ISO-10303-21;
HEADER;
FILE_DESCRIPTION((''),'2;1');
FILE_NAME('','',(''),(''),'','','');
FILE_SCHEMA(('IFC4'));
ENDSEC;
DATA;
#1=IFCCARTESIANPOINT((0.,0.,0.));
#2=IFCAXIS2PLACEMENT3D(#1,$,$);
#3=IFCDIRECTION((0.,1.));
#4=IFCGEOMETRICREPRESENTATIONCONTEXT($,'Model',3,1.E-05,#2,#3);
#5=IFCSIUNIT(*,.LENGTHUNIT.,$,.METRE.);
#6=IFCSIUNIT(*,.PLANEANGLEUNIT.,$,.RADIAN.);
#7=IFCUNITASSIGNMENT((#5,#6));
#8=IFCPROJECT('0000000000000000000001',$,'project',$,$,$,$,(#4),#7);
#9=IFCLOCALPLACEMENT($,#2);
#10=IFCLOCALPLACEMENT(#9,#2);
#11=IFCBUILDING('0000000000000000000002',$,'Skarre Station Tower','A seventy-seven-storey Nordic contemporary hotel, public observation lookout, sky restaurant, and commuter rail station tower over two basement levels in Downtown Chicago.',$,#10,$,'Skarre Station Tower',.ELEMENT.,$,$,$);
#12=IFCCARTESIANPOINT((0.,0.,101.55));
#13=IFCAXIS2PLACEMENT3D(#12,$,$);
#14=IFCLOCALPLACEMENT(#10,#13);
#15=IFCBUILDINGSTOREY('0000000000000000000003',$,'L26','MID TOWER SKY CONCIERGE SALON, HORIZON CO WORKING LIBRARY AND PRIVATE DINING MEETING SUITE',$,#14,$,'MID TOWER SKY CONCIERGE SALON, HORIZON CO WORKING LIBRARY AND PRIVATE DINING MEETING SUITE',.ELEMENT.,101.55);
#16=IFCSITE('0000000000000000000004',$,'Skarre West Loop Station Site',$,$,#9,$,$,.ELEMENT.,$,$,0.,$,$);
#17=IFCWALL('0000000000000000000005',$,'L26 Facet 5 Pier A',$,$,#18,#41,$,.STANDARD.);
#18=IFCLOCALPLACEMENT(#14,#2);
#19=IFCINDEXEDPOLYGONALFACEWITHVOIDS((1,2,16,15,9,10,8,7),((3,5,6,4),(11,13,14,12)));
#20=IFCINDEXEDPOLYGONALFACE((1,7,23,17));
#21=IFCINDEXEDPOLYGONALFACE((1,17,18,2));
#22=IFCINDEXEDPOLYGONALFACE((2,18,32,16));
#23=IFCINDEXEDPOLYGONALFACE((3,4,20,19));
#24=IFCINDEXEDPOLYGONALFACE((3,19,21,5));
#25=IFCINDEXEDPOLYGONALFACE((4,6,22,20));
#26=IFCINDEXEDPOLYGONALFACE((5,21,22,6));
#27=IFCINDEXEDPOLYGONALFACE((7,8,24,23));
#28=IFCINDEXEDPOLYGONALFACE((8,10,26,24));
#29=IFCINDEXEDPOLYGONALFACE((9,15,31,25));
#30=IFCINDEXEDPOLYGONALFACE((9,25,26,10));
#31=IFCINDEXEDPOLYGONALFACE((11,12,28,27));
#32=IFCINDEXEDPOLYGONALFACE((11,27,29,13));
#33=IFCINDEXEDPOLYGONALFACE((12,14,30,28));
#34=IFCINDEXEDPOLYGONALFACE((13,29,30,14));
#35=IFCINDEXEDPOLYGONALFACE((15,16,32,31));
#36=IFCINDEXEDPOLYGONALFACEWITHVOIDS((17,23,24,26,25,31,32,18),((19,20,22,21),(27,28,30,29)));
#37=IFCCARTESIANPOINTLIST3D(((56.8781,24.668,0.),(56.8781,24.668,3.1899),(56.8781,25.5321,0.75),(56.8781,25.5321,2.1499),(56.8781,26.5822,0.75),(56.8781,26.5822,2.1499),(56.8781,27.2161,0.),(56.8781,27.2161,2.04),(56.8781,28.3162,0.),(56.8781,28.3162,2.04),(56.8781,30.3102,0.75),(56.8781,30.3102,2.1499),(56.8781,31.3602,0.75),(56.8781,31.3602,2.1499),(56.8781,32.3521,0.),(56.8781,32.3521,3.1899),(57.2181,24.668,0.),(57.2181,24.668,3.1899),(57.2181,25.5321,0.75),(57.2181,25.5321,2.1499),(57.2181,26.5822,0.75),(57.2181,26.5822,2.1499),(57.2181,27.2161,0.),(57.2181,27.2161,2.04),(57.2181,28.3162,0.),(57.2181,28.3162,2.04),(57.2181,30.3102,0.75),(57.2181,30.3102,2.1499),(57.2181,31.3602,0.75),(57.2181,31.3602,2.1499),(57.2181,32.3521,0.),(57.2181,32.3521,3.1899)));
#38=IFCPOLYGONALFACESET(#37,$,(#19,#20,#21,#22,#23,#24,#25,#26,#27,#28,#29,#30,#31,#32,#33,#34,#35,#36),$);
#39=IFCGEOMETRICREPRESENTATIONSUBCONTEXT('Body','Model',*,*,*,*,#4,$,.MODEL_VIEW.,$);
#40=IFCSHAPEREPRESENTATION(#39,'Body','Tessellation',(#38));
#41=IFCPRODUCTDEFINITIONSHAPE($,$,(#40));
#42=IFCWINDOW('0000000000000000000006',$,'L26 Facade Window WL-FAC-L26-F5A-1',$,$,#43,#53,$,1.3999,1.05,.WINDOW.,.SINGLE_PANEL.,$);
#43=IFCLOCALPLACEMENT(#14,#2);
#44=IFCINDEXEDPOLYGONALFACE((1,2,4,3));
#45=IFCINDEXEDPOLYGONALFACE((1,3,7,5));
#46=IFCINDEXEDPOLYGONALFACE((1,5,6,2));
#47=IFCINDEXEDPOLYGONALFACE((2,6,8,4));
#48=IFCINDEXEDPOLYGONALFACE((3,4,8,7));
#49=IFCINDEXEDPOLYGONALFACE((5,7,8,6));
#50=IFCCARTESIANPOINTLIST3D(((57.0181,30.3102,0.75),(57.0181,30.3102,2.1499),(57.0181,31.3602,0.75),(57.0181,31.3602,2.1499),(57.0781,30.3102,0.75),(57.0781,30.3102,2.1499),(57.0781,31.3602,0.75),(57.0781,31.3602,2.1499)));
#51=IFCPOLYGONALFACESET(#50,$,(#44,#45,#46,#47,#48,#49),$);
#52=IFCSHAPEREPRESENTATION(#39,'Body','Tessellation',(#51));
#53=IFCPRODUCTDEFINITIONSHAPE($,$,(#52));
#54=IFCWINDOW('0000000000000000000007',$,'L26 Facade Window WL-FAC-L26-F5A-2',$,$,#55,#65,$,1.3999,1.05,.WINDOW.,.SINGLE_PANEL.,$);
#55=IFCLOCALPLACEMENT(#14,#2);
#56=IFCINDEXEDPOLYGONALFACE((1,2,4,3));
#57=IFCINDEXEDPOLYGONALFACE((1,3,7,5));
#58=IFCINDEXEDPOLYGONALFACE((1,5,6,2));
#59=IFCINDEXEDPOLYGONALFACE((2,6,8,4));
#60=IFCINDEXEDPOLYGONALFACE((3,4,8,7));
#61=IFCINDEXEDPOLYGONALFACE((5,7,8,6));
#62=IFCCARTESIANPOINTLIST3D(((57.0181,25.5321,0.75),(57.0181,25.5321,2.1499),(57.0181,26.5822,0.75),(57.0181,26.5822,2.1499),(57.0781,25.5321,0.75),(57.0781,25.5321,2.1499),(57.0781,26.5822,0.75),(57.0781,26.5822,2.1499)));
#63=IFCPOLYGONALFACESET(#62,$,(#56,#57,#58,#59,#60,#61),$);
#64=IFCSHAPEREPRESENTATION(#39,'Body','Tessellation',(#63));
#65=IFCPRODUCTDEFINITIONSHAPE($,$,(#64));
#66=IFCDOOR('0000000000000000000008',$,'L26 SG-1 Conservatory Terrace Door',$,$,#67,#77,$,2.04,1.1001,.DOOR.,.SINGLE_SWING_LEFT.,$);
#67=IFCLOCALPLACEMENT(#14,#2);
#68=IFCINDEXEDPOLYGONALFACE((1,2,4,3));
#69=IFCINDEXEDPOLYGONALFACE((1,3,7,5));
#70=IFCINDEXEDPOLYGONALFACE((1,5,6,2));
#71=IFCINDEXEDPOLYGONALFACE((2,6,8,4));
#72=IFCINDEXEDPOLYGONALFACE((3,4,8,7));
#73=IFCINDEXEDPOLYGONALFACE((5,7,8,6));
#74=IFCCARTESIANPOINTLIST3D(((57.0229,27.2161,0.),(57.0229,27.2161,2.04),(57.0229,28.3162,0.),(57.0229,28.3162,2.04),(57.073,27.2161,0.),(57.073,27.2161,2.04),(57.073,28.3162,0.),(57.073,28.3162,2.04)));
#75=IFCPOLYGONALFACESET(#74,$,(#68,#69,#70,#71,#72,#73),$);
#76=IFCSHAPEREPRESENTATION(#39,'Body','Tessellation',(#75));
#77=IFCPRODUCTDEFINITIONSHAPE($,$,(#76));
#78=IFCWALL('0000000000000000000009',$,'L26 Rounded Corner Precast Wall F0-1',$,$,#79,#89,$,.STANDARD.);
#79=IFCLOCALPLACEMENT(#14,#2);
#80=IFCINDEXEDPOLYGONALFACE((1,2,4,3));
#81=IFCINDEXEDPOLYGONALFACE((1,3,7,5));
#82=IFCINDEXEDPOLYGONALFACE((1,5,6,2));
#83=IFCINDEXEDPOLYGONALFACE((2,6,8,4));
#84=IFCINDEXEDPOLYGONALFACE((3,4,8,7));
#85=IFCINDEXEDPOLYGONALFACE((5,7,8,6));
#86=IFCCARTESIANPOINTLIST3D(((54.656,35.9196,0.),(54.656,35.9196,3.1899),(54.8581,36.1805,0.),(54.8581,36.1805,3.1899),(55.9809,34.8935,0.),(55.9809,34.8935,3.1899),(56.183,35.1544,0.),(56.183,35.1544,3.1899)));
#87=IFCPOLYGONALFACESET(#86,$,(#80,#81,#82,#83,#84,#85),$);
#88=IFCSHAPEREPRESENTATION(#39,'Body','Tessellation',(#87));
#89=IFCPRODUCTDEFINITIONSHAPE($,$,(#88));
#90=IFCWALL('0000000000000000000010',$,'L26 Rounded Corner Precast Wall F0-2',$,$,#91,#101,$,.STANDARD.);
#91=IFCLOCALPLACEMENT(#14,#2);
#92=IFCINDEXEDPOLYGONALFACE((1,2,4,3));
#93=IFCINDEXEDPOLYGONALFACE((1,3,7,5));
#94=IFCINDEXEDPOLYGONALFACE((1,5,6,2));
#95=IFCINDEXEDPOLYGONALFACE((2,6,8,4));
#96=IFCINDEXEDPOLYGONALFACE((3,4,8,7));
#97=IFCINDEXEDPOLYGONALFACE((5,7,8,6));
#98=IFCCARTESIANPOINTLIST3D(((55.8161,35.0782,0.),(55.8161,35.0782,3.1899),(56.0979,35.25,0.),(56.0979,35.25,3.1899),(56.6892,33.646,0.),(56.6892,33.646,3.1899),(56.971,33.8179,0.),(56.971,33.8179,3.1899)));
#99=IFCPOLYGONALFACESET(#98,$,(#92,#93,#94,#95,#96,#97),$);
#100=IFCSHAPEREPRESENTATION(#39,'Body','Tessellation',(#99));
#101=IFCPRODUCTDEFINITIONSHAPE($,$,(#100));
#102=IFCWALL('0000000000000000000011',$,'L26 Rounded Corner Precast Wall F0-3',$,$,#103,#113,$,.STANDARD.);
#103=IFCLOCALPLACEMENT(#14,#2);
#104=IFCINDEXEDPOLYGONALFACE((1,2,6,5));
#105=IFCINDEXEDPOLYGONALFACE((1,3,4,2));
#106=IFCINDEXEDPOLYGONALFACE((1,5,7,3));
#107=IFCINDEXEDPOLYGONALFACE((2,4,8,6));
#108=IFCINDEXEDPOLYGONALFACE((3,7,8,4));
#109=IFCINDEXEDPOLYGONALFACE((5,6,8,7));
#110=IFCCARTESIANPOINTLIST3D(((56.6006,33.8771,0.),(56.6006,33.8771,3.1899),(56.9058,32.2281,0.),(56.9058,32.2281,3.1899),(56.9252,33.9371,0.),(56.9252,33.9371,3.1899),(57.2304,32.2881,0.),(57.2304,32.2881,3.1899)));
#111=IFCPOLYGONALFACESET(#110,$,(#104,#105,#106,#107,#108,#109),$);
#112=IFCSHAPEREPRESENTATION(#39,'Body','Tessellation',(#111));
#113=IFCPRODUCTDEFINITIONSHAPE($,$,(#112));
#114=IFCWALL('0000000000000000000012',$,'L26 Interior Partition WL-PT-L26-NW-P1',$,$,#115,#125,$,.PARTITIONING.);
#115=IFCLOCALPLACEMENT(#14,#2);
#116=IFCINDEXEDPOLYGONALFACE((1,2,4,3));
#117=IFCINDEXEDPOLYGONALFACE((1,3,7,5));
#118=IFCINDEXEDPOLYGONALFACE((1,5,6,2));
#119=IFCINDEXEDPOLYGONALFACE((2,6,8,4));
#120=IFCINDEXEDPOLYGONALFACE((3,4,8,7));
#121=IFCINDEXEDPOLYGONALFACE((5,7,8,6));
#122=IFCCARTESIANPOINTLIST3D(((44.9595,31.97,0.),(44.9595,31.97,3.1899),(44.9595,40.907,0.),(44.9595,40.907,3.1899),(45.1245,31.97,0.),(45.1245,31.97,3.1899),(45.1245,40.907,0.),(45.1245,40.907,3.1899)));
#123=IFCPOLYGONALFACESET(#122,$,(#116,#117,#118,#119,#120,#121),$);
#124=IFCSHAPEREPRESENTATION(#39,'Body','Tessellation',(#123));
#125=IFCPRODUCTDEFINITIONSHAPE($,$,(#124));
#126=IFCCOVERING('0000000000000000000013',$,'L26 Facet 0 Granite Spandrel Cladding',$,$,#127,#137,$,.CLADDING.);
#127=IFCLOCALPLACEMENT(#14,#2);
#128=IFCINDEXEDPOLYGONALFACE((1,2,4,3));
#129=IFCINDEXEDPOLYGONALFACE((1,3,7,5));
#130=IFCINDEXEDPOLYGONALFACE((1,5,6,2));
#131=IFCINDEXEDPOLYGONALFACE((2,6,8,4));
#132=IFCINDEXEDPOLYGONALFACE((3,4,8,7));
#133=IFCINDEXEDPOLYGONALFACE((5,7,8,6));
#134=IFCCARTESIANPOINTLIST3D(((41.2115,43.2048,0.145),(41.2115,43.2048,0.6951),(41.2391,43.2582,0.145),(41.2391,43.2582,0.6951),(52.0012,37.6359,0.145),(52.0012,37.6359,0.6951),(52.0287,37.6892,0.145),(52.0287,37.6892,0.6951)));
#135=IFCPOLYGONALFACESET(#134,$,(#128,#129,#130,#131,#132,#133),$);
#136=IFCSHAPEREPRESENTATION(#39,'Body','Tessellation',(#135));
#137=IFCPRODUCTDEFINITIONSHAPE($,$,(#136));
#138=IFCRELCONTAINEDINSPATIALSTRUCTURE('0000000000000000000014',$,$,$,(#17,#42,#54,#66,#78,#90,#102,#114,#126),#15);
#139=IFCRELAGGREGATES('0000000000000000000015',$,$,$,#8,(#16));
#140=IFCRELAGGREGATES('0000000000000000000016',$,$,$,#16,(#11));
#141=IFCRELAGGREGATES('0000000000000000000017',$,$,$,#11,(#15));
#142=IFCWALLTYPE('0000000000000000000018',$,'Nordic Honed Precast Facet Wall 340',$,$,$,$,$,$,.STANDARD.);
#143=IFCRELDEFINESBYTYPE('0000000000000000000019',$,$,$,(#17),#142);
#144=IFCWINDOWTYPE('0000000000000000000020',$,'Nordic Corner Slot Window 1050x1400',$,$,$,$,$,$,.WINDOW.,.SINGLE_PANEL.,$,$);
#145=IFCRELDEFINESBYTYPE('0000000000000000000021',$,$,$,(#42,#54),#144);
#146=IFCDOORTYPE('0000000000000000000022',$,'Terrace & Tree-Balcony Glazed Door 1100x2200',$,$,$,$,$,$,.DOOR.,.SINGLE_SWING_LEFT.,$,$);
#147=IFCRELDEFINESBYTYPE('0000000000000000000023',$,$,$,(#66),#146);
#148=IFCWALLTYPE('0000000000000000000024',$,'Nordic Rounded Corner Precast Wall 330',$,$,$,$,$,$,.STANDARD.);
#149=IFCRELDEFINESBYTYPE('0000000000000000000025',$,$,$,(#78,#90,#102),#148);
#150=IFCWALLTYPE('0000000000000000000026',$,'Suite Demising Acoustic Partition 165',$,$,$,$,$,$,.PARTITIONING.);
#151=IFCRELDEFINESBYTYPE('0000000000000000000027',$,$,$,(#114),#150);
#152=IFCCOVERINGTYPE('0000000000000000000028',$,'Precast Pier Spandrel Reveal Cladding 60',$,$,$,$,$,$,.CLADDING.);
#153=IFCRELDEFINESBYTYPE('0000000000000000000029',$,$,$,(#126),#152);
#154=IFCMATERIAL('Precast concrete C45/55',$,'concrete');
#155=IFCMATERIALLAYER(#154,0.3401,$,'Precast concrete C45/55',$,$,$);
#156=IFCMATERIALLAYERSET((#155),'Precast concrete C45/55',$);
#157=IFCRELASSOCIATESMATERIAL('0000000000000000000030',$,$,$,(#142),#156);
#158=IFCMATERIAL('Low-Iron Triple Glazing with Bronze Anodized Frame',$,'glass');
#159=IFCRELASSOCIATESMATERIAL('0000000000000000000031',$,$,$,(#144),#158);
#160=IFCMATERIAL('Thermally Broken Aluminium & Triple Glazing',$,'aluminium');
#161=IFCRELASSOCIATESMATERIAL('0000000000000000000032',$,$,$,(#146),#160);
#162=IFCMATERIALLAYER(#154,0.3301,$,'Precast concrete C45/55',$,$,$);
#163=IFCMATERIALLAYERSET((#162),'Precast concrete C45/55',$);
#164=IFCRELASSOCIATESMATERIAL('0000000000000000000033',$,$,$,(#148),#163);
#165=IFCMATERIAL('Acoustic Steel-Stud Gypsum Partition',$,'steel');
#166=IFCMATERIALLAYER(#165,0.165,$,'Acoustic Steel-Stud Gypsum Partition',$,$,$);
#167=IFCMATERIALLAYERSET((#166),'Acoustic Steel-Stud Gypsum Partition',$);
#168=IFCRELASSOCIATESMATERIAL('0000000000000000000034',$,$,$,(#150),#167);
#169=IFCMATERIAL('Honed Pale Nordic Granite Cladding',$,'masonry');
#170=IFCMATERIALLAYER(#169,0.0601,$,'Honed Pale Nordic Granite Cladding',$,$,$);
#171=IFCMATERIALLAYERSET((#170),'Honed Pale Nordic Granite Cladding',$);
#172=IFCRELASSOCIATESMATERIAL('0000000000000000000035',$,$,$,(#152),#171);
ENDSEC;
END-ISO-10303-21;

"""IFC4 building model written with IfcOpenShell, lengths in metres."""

from ifc_helpers import new_model, si_unit, direction, frame, frame_2d, origin, origin_2d, place, context, subcontext, project, spatial, rectangle, extrude, material, layer, layer_set, type_object, element, fill, save


model = new_model("IFC4")

# Units and contexts
model_context = context("Model", 3, precision=1e-05, world=origin(), true_north=direction((0.0, 1.0)))
body_context = subcontext(model_context, "Body", "Model", "MODEL_VIEW")
ifc_project = project(units=[si_unit("LENGTHUNIT", "METRE"), si_unit("PLANEANGLEUNIT", "RADIAN")], contexts=[model_context])

# Site, building, storey
site_placement = place(None, origin())
site = spatial("IfcSite", under=ifc_project, at=site_placement, Name="Skarre West Loop Station Site", CompositionType="ELEMENT", RefElevation=0.0)
building_placement = place(site_placement, origin())
building = spatial("IfcBuilding", under=site, at=building_placement, Name="Skarre Station Tower", Description="A seventy-seven-storey Nordic contemporary hotel, public observation lookout, sky restaurant, and commuter rail station tower over two basement levels in Downtown Chicago.", LongName="Skarre Station Tower", CompositionType="ELEMENT")
storey_placement = place(building_placement, frame((0.0, 0.0, 101.55)))
storey = spatial("IfcBuildingStorey", under=building, at=storey_placement, Name="L26", Description="MID TOWER SKY CONCIERGE SALON, HORIZON CO WORKING LIBRARY AND PRIVATE DINING MEETING SUITE", LongName="MID TOWER SKY CONCIERGE SALON, HORIZON CO WORKING LIBRARY AND PRIVATE DINING MEETING SUITE", CompositionType="ELEMENT", Elevation=101.55)

# Wall, openings, windows, door
ifc_material_1 = material(Name="Precast concrete C45/55", Category="concrete")
ifc_layer_1 = layer(ifc_material_1, 0.3401, Name="Precast concrete C45/55")
ifc_layer_set_1 = layer_set([ifc_layer_1], Name="Precast concrete C45/55")
wall_type_1 = type_object("IfcWallType", Name="Nordic Honed Precast Facet Wall 340", PredefinedType="STANDARD", material=ifc_layer_set_1)
wall_1_placement = place(storey_placement, frame((57.0481, 32.3521, 0.0), z_axis=(0.0, 0.0, 1.0), x_axis=(0.0, -1.0, 0.0)))
wall_1 = element("IfcWall", 1, at=wall_1_placement, inside=storey, type_object=wall_type_1, Name="L26 Facet 5 Pier A", PredefinedType="STANDARD", context=body_context, shape_type="SweptSolid", body=[
    extrude(rectangle(XDim=7.6841, YDim=0.3401, at=frame_2d((3.842, 0.0))), origin(), (0.0, 0.0, 1.0), 3.1899),
])
opening_1_placement = place(wall_1_placement, frame((4.0359, 0.0, 0.0)))
opening_1 = element("IfcOpeningElement", 2, at=opening_1_placement, cuts=wall_1, PredefinedType="OPENING", context=body_context, shape_type="SweptSolid", body=[
    extrude(rectangle(XDim=1.1001, YDim=2.04, at=frame_2d((0.55, 1.02))), frame((0.0, 0.1799, 0.0), z_axis=(0.0, -1.0, 0.0), x_axis=(1.0, 0.0, 0.0)), (0.0, 0.0, 1.0), 0.3601),
])
opening_2_placement = place(wall_1_placement, frame((0.9919, 0.0, 0.75)))
opening_2 = element("IfcOpeningElement", 3, at=opening_2_placement, cuts=wall_1, PredefinedType="OPENING", context=body_context, shape_type="SweptSolid", body=[
    extrude(rectangle(XDim=1.05, YDim=1.3999, at=frame_2d((0.5249, 0.7))), frame((0.0, 0.1799, 0.0), z_axis=(0.0, -1.0, 0.0), x_axis=(1.0, 0.0, 0.0)), (0.0, 0.0, 1.0), 0.3601),
])
opening_3_placement = place(wall_1_placement, frame((5.77, 0.0, 0.75)))
opening_3 = element("IfcOpeningElement", 4, at=opening_3_placement, cuts=wall_1, PredefinedType="OPENING", context=body_context, shape_type="SweptSolid", body=[
    extrude(rectangle(XDim=1.05, YDim=1.3999, at=frame_2d((0.5249, 0.7))), frame((0.0, 0.1799, 0.0), z_axis=(0.0, -1.0, 0.0), x_axis=(1.0, 0.0, 0.0)), (0.0, 0.0, 1.0), 0.3601),
])
ifc_material_2 = material(Name="Low-Iron Triple Glazing with Bronze Anodized Frame", Category="glass")
window_type = type_object("IfcWindowType", Name="Nordic Corner Slot Window 1050x1400", PartitioningType="SINGLE_PANEL", PredefinedType="WINDOW", material=ifc_material_2)
window_1_placement = place(opening_2_placement, origin())
window_1 = element("IfcWindow", 5, at=window_1_placement, inside=storey, type_object=window_type, Name="L26 Facade Window WL-FAC-L26-F5A-1", OverallHeight=1.3999, OverallWidth=1.05, PartitioningType="SINGLE_PANEL", PredefinedType="WINDOW", context=body_context, shape_type="SweptSolid", body=[
    extrude(rectangle(XDim=1.05, YDim=1.3999, at=frame_2d((0.5249, 0.7))), frame((0.0, 0.03, 0.0), z_axis=(0.0, -1.0, 0.0), x_axis=(1.0, 0.0, 0.0)), (0.0, 0.0, 1.0), 0.0601),
])
fill(opening_2, window_1)
window_2_placement = place(opening_3_placement, origin())
window_2 = element("IfcWindow", 6, at=window_2_placement, inside=storey, type_object=window_type, Name="L26 Facade Window WL-FAC-L26-F5A-2", OverallHeight=1.3999, OverallWidth=1.05, PartitioningType="SINGLE_PANEL", PredefinedType="WINDOW", context=body_context, shape_type="SweptSolid", body=[
    extrude(rectangle(XDim=1.05, YDim=1.3999, at=frame_2d((0.5249, 0.7))), frame((0.0, 0.03, 0.0), z_axis=(0.0, -1.0, 0.0), x_axis=(1.0, 0.0, 0.0)), (0.0, 0.0, 1.0), 0.0601),
])
fill(opening_3, window_2)
ifc_material_3 = material(Name="Thermally Broken Aluminium & Triple Glazing", Category="aluminium")
door_type = type_object("IfcDoorType", Name="Terrace & Tree-Balcony Glazed Door 1100x2200", OperationType="SINGLE_SWING_LEFT", PredefinedType="DOOR", material=ifc_material_3)
door_placement = place(opening_1_placement, origin())
door = element("IfcDoor", 7, at=door_placement, inside=storey, type_object=door_type, Name="L26 SG-1 Conservatory Terrace Door", OperationType="SINGLE_SWING_LEFT", OverallHeight=2.04, OverallWidth=1.1001, PredefinedType="DOOR", context=body_context, shape_type="SweptSolid", body=[
    extrude(rectangle(XDim=1.1001, YDim=2.04, at=frame_2d((0.55, 1.02))), frame((0.0, 0.0249, 0.0), z_axis=(0.0, -1.0, 0.0), x_axis=(1.0, 0.0, 0.0)), (0.0, 0.0, 1.0), 0.05),
])
fill(opening_1, door)

# Walls
ifc_layer_2 = layer(ifc_material_1, 0.3301, Name="Precast concrete C45/55")
ifc_layer_set_2 = layer_set([ifc_layer_2], Name="Precast concrete C45/55")
wall_type_2 = type_object("IfcWallType", Name="Nordic Rounded Corner Precast Wall 330", PredefinedType="STANDARD", material=ifc_layer_set_2)
wall_2_placement = place(storey_placement, frame((54.7571, 36.05, 0.0), z_axis=(0.0, 0.0, 1.0), x_axis=(0.790621, -0.612305, 0.0)))
element("IfcWall", 8, at=wall_2_placement, inside=storey, type_object=wall_type_2, Name="L26 Rounded Corner Precast Wall F0-1", PredefinedType="STANDARD", context=body_context, shape_type="SweptSolid", body=[
    extrude(rectangle(XDim=1.6758, YDim=0.3301, at=frame_2d((0.8379, 0.0))), origin(), (0.0, 0.0, 1.0), 3.1899),
])
wall_3_placement = place(storey_placement, frame((55.957, 35.1641, 0.0), z_axis=(0.0, 0.0, 1.0), x_axis=(0.520519, -0.85385, 0.0)))
element("IfcWall", 9, at=wall_3_placement, inside=storey, type_object=wall_type_2, Name="L26 Rounded Corner Precast Wall F0-2", PredefinedType="STANDARD", context=body_context, shape_type="SweptSolid", body=[
    extrude(rectangle(XDim=1.6772, YDim=0.3301, at=frame_2d((0.8386, 0.0))), origin(), (0.0, 0.0, 1.0), 3.1899),
])
wall_4_placement = place(storey_placement, frame((56.7629, 33.907, 0.0), z_axis=(0.0, 0.0, 1.0), x_axis=(0.181985, -0.983301, 0.0)))
element("IfcWall", 10, at=wall_4_placement, inside=storey, type_object=wall_type_2, Name="L26 Rounded Corner Precast Wall F0-3", PredefinedType="STANDARD", context=body_context, shape_type="SweptSolid", body=[
    extrude(rectangle(XDim=1.677, YDim=0.3301, at=frame_2d((0.8384, 0.0))), origin(), (0.0, 0.0, 1.0), 3.1899),
])
ifc_material_4 = material(Name="Acoustic Steel-Stud Gypsum Partition", Category="steel")
ifc_layer_3 = layer(ifc_material_4, 0.165, Name="Acoustic Steel-Stud Gypsum Partition")
ifc_layer_set_3 = layer_set([ifc_layer_3], Name="Acoustic Steel-Stud Gypsum Partition")
wall_type_3 = type_object("IfcWallType", Name="Suite Demising Acoustic Partition 165", PredefinedType="PARTITIONING", material=ifc_layer_set_3)
wall_5_placement = place(storey_placement, frame((45.042, 31.97, 0.0), z_axis=(0.0, 0.0, 1.0), x_axis=(0.0, 1.0, 0.0)))
element("IfcWall", 11, at=wall_5_placement, inside=storey, type_object=wall_type_3, Name="L26 Interior Partition WL-PT-L26-NW-P1", PredefinedType="PARTITIONING", context=body_context, shape_type="SweptSolid", body=[
    extrude(rectangle(XDim=8.937, YDim=0.165, at=frame_2d((4.4685, 0.0))), origin(), (0.0, 0.0, 1.0), 3.1899),
])

# Covering
ifc_material_5 = material(Name="Honed Pale Nordic Granite Cladding", Category="masonry")
ifc_layer_4 = layer(ifc_material_5, 0.0601, Name="Honed Pale Nordic Granite Cladding")
ifc_layer_set_4 = layer_set([ifc_layer_4], Name="Honed Pale Nordic Granite Cladding")
covering_type = type_object("IfcCoveringType", Name="Precast Pier Spandrel Reveal Cladding 60", PredefinedType="CLADDING", material=ifc_layer_set_4)
covering_placement = place(storey_placement, frame((46.6201, 40.447, 0.145), z_axis=(0.0, 0.0, 1.0), x_axis=(-0.888617, 0.45865, 0.0)))
element("IfcCovering", 12, at=covering_placement, inside=storey, type_object=covering_type, Name="L26 Facet 0 Granite Spandrel Cladding", PredefinedType="CLADDING", context=body_context, shape_type="SweptSolid", body=[
    extrude(rectangle(XDim=12.1421, YDim=0.0601, at=origin_2d()), origin(), (0.0, 0.0, 1.0), 0.55),
])

save(model, "model.ifc")
